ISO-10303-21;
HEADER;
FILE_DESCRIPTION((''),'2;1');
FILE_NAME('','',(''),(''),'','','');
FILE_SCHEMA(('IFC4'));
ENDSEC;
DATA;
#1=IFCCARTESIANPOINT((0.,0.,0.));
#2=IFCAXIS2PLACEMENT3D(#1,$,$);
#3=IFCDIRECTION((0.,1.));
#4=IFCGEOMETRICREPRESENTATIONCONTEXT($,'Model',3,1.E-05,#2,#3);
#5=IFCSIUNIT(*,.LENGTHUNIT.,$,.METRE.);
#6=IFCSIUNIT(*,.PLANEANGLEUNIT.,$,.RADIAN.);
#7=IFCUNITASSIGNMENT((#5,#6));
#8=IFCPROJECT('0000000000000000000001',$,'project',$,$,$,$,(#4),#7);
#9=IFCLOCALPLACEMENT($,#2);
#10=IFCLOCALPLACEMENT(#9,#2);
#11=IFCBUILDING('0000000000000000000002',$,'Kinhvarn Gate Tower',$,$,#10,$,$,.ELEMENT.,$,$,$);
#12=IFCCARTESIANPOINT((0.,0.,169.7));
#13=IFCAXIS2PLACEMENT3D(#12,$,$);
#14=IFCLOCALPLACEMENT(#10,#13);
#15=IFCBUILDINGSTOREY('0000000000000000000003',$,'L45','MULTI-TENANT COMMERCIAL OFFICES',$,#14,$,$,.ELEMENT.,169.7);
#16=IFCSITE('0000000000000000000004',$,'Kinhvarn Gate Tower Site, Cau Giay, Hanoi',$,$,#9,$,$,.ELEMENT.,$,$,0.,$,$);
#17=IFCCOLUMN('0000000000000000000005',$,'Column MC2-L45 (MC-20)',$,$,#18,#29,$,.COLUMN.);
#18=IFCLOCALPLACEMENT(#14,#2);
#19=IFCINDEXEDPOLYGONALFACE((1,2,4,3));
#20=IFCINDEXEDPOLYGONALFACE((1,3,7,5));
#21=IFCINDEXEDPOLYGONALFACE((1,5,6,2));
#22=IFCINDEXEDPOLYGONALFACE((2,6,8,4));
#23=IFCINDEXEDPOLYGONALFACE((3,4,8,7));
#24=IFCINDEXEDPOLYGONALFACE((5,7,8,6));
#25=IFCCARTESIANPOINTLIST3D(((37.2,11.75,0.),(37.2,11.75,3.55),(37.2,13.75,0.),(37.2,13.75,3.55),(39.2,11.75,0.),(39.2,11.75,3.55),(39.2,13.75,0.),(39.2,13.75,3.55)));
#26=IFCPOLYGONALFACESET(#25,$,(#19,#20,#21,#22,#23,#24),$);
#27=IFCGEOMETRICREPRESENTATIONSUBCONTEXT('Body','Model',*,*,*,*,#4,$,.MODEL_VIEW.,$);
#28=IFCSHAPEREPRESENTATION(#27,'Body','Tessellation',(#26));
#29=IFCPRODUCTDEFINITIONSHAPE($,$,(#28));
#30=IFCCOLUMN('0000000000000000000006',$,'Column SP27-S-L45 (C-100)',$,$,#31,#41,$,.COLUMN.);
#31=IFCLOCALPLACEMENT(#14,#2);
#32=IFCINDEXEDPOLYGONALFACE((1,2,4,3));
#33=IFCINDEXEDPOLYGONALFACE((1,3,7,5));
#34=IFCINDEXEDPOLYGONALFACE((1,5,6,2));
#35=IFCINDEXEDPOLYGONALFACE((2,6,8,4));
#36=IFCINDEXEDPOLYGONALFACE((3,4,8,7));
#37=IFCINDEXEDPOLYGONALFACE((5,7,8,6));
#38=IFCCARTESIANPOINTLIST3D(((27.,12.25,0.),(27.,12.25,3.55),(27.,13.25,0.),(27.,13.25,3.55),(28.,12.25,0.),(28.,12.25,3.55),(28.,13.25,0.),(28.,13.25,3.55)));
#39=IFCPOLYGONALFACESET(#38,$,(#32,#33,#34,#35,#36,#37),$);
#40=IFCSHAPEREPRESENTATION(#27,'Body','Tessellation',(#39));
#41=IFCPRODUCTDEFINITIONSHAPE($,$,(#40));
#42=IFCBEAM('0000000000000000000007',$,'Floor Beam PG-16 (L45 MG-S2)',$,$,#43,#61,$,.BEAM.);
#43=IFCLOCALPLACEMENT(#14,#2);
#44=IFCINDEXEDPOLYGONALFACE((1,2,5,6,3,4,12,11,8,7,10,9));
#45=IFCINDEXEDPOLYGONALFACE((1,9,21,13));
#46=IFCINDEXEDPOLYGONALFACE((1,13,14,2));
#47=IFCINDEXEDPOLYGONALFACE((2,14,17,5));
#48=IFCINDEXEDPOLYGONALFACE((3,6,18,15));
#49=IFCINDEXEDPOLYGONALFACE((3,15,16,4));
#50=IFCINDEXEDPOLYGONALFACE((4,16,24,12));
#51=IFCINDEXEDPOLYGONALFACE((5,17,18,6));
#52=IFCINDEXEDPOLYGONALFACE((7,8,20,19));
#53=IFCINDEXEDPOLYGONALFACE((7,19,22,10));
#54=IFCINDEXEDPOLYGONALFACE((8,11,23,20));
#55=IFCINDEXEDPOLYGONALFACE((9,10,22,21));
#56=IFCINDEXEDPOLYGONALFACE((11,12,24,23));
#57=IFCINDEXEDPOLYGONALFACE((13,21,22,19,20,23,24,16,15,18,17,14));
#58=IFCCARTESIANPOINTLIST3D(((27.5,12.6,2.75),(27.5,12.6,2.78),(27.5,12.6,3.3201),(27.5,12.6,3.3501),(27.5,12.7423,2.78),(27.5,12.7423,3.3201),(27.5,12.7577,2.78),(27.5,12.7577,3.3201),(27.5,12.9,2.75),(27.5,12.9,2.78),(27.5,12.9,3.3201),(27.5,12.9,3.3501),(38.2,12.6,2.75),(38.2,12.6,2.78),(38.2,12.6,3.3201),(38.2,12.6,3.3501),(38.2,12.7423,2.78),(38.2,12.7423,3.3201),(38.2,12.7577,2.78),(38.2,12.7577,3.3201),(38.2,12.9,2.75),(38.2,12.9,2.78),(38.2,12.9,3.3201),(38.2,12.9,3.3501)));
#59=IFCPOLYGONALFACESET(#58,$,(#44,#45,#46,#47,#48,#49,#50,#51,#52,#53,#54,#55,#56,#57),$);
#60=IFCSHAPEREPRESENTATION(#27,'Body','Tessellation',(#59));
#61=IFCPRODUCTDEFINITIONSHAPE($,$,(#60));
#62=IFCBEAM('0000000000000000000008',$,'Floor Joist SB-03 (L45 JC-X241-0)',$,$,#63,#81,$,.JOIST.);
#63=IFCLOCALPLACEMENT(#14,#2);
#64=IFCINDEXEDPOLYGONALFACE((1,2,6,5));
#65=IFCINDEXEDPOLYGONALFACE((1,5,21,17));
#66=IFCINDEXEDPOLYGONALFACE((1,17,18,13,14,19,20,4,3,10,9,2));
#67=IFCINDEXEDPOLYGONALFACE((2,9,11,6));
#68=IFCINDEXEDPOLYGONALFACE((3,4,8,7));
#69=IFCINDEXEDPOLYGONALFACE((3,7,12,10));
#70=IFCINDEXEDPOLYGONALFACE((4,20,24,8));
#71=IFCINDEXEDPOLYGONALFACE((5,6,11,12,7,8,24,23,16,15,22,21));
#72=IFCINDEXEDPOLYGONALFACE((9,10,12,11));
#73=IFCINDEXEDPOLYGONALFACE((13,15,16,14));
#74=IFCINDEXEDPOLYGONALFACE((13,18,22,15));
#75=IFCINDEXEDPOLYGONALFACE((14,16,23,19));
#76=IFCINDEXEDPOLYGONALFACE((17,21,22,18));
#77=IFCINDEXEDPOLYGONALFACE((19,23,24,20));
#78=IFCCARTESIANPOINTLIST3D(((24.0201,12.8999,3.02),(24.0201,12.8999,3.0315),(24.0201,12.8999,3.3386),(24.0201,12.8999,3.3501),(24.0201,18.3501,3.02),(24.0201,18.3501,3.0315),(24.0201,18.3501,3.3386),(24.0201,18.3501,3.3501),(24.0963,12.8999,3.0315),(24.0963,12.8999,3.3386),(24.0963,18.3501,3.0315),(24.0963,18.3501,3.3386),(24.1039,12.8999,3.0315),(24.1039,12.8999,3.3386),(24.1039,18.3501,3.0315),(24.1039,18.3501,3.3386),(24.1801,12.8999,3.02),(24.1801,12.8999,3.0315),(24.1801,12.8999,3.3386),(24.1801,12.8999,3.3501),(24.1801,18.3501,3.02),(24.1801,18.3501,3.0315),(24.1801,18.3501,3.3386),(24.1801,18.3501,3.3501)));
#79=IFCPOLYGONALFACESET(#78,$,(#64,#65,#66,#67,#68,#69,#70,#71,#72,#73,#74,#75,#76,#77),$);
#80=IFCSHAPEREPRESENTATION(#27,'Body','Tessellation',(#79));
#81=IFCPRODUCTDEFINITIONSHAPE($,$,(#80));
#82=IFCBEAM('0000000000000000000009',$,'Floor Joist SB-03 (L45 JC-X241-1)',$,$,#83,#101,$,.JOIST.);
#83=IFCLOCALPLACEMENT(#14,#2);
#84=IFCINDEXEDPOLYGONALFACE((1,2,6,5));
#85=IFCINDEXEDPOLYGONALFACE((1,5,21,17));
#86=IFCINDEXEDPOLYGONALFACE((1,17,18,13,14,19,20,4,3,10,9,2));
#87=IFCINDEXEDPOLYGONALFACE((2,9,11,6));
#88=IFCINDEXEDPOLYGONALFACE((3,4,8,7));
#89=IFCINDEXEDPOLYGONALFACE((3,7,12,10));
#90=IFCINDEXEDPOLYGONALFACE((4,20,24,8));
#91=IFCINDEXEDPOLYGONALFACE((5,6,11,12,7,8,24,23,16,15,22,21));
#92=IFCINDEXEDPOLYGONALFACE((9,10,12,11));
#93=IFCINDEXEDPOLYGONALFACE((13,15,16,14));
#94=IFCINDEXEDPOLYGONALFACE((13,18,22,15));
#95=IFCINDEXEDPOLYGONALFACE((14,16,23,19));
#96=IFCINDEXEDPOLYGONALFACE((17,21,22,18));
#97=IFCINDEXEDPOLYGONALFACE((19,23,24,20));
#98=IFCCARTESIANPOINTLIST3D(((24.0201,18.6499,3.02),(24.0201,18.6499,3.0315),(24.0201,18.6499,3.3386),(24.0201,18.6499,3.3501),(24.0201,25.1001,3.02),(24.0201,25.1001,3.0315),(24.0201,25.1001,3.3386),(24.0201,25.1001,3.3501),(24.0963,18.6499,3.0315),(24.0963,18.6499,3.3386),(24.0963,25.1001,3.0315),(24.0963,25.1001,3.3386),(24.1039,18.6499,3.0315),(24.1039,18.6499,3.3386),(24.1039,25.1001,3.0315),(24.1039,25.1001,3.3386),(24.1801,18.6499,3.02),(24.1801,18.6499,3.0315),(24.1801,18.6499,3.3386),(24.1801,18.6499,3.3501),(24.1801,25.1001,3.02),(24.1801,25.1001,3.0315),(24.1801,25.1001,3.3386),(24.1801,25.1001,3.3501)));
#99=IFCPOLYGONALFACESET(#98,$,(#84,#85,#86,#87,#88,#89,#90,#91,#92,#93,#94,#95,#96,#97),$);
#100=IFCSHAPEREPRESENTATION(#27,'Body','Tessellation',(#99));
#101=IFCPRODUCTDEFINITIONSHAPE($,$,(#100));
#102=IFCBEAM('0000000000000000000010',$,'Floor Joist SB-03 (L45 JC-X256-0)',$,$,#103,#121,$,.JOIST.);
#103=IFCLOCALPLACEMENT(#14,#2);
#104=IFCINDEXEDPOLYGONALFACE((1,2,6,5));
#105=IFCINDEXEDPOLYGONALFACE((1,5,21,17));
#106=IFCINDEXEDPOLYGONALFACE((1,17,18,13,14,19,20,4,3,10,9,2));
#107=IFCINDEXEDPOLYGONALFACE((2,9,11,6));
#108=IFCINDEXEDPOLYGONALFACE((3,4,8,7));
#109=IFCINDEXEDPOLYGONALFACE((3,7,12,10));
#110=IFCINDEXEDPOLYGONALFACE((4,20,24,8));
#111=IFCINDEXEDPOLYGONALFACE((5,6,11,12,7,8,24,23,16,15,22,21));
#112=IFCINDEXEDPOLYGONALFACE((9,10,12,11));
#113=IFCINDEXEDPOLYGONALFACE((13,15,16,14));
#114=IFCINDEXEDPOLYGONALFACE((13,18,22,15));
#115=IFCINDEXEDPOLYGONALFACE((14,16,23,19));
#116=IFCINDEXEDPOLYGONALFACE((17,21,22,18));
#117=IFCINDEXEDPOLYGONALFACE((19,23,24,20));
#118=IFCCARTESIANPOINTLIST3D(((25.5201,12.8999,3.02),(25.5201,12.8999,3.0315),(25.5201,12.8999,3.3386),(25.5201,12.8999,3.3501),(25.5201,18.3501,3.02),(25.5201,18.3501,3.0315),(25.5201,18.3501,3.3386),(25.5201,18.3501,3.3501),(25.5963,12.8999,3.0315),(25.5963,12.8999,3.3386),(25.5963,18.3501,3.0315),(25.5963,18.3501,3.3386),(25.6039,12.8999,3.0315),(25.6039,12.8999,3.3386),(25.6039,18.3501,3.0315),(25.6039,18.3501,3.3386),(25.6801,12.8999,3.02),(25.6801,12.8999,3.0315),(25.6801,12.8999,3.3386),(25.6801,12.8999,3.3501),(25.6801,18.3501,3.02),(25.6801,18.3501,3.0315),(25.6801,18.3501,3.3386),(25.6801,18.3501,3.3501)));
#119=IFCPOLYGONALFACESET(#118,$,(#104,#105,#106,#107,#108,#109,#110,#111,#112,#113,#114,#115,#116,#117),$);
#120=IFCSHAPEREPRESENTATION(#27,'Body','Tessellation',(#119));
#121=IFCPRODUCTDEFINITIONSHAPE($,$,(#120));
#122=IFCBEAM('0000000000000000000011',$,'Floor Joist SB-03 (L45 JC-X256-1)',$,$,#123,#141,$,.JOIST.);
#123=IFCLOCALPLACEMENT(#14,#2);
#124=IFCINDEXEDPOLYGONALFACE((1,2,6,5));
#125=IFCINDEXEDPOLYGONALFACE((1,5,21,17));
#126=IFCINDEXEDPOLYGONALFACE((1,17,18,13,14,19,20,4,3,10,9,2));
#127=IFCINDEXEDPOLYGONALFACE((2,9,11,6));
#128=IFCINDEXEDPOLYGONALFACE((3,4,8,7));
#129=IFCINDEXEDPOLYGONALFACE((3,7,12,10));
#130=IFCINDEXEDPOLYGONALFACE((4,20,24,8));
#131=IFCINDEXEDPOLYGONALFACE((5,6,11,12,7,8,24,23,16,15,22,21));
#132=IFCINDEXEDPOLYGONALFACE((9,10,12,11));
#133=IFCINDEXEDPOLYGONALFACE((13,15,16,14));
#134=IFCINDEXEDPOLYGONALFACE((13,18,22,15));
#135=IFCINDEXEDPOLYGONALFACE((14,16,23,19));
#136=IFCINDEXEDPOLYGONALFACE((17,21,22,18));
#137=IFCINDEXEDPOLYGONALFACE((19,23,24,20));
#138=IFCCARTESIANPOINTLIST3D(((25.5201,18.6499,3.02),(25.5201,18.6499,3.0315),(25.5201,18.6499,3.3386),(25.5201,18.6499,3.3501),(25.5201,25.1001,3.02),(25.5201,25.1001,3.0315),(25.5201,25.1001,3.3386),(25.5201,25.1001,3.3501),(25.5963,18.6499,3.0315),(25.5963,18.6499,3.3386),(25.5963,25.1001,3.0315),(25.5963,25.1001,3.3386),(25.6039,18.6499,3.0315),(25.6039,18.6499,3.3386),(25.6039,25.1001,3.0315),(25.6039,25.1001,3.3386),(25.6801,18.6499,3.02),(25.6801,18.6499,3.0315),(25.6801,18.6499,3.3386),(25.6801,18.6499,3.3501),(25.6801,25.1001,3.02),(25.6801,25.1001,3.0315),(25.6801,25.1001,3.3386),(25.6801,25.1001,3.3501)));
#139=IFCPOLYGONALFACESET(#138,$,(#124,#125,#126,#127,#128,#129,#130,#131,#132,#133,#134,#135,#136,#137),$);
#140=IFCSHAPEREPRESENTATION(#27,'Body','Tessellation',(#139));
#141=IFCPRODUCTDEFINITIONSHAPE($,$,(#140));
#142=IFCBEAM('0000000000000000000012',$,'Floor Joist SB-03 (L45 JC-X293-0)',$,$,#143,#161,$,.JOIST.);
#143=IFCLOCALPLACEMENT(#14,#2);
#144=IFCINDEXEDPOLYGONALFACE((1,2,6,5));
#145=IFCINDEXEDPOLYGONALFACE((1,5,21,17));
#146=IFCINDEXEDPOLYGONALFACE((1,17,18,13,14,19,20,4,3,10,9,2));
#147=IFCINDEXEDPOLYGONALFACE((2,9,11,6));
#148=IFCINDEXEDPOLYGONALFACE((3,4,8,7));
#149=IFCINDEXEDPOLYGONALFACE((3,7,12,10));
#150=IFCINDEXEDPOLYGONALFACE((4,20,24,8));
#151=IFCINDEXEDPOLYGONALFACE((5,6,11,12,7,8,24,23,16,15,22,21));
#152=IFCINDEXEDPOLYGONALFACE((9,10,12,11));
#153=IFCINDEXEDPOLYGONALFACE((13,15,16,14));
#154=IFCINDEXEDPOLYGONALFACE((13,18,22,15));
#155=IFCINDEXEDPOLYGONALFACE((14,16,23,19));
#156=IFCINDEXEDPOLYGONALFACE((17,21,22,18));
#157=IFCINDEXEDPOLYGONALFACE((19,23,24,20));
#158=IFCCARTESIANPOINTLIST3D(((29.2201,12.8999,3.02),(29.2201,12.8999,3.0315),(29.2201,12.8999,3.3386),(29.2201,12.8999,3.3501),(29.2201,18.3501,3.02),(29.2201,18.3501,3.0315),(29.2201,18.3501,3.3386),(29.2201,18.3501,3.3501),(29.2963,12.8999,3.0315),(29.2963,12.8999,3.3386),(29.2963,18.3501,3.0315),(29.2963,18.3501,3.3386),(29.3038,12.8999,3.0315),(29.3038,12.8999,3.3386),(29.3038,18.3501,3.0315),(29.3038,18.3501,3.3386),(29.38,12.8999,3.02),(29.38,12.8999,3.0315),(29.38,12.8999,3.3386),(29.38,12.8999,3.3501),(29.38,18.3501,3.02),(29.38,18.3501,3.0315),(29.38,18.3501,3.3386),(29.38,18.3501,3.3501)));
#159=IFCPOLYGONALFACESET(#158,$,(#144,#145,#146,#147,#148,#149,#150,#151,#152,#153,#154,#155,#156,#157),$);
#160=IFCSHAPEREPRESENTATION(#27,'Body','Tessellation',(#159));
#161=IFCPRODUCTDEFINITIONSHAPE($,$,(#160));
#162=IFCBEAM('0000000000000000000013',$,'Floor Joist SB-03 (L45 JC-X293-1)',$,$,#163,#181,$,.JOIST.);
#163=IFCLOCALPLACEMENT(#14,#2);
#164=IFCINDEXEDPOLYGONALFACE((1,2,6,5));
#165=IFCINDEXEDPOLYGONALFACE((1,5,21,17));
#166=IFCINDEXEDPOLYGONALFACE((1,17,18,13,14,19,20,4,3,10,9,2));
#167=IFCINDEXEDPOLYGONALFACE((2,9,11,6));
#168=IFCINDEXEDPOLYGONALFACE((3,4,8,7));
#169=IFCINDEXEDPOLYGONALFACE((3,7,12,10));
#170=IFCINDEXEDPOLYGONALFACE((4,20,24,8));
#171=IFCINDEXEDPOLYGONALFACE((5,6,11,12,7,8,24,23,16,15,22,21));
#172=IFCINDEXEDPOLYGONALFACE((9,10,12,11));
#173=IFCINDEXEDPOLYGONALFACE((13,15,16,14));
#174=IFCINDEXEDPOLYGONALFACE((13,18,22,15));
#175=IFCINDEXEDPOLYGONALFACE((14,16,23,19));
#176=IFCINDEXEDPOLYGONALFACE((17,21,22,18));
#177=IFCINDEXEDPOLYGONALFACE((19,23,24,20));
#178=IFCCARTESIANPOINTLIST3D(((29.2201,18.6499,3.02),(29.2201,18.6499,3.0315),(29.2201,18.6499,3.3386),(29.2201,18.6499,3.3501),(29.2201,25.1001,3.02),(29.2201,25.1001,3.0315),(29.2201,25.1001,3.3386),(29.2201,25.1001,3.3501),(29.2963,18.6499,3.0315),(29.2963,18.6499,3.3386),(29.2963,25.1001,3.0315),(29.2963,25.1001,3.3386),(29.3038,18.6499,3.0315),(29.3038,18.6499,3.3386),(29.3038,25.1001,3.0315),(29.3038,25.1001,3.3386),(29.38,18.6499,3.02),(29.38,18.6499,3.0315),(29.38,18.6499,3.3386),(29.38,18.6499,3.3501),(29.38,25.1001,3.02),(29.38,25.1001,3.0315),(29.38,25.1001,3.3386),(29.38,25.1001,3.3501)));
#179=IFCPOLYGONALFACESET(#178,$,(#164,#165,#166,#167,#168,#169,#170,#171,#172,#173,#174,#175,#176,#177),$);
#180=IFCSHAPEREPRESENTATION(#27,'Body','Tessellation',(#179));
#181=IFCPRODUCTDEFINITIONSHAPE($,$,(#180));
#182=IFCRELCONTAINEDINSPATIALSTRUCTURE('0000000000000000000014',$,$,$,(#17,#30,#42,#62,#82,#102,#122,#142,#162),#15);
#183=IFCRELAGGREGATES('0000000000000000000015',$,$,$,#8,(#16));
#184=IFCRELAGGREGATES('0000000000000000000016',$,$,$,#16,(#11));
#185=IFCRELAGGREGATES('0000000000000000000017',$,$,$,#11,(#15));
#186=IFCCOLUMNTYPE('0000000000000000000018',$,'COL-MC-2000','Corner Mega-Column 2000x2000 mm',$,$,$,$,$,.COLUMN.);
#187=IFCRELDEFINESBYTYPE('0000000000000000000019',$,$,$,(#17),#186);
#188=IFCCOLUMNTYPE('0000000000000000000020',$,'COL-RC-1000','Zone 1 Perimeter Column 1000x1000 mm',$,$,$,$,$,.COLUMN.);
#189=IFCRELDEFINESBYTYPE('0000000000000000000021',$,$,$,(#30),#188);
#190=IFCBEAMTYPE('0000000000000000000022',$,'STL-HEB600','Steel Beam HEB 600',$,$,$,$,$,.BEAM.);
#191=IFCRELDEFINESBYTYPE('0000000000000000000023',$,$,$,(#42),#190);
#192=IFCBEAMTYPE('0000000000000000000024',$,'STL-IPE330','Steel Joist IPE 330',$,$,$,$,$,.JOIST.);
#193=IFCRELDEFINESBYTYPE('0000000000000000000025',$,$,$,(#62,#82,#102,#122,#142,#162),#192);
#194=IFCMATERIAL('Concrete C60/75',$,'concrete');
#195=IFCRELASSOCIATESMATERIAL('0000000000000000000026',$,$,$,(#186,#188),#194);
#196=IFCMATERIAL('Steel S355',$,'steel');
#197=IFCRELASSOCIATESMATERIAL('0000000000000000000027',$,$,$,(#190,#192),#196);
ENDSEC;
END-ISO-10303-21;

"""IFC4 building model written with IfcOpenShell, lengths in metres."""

from ifc_helpers import new_model, si_unit, direction, frame, origin, origin_2d, place, context, subcontext, project, spatial, rectangle, i_section, extrude, material, material_profile, profile_set, type_object, element, save


model = new_model("IFC4")

# Units and contexts
model_context = context("Model", 3, precision=1e-05, world=origin(), true_north=direction((0.0, 1.0)))
body_context = subcontext(model_context, "Body", "Model", "MODEL_VIEW")
ifc_project = project(units=[si_unit("LENGTHUNIT", "METRE"), si_unit("PLANEANGLEUNIT", "RADIAN")], contexts=[model_context])

# Site, building, storey
site_placement = place(None, origin())
site = spatial("IfcSite", under=ifc_project, at=site_placement, Name="Kinhvarn Gate Tower Site, Cau Giay, Hanoi", CompositionType="ELEMENT", RefElevation=0.0)
building_placement = place(site_placement, origin())
building = spatial("IfcBuilding", under=site, at=building_placement, Name="Kinhvarn Gate Tower", CompositionType="ELEMENT")
storey_placement = place(building_placement, frame((0.0, 0.0, 169.7)))
storey = spatial("IfcBuildingStorey", under=building, at=storey_placement, Name="L45", Description="MULTI-TENANT COMMERCIAL OFFICES", CompositionType="ELEMENT", Elevation=169.7)

# Columns
ifc_material_1 = material(Name="Concrete C60/75", Category="concrete")
ifc_material_profile_1 = material_profile(ifc_material_1, rectangle(XDim=2.0, YDim=2.0, at=origin_2d()), Name="RC 2000x2000")
ifc_profile_set_1 = profile_set([ifc_material_profile_1], Name="Concrete C60/75")
column_type_1 = type_object("IfcColumnType", Name="COL-MC-2000", Description="Corner Mega-Column 2000x2000 mm", PredefinedType="COLUMN", material=ifc_profile_set_1)
column_1_placement = place(storey_placement, frame((38.2, 12.75, 0.0), z_axis=(0.0, 0.0, 1.0), x_axis=(1.0, 0.0, 0.0)))
element("IfcColumn", 1, at=column_1_placement, inside=storey, type_object=column_type_1, Name="Column MC2-L45 (MC-20)", PredefinedType="COLUMN", context=body_context, shape_type="SweptSolid", body=[
    extrude(rectangle(XDim=2.0, YDim=2.0, at=origin_2d()), origin(), (0.0, 0.0, 1.0), 3.55),
])
ifc_material_profile_2 = material_profile(ifc_material_1, rectangle(XDim=1.0, YDim=1.0, at=origin_2d()), Name="RC 1000x1000")
ifc_profile_set_2 = profile_set([ifc_material_profile_2], Name="Concrete C60/75")
column_type_2 = type_object("IfcColumnType", Name="COL-RC-1000", Description="Zone 1 Perimeter Column 1000x1000 mm", PredefinedType="COLUMN", material=ifc_profile_set_2)
column_2_placement = place(storey_placement, frame((27.5, 12.75, 0.0), z_axis=(0.0, 0.0, 1.0), x_axis=(1.0, 0.0, 0.0)))
element("IfcColumn", 2, at=column_2_placement, inside=storey, type_object=column_type_2, Name="Column SP27-S-L45 (C-100)", PredefinedType="COLUMN", context=body_context, shape_type="SweptSolid", body=[
    extrude(rectangle(XDim=1.0, YDim=1.0, at=origin_2d()), origin(), (0.0, 0.0, 1.0), 3.55),
])

# Beams
ifc_material_2 = material(Name="Steel S355", Category="steel")
ifc_material_profile_3 = material_profile(ifc_material_2, i_section(OverallWidth=0.3, OverallDepth=0.6001, WebThickness=0.0154, FlangeThickness=0.03, at=origin_2d()), Name="HEB 600")
ifc_profile_set_3 = profile_set([ifc_material_profile_3], Name="Steel S355")
beam_type_1 = type_object("IfcBeamType", Name="STL-HEB600", Description="Steel Beam HEB 600", PredefinedType="BEAM", material=ifc_profile_set_3)
beam_1_placement = place(storey_placement, frame((27.5, 12.75, 3.05), z_axis=(1.0, 0.0, 0.0), x_axis=(0.0, 1.0, 0.0)))
element("IfcBeam", 3, at=beam_1_placement, inside=storey, type_object=beam_type_1, Name="Floor Beam PG-16 (L45 MG-S2)", PredefinedType="BEAM", context=body_context, shape_type="SweptSolid", body=[
    extrude(i_section(OverallWidth=0.3, OverallDepth=0.6001, WebThickness=0.0154, FlangeThickness=0.03, at=origin_2d()), origin(), (0.0, 0.0, 1.0), 10.7),
])
ifc_material_profile_4 = material_profile(ifc_material_2, i_section(OverallWidth=0.1599, OverallDepth=0.3301, WebThickness=0.0076, FlangeThickness=0.0115, at=origin_2d()), Name="IPE 330")
ifc_profile_set_4 = profile_set([ifc_material_profile_4], Name="Steel S355")
beam_type_2 = type_object("IfcBeamType", Name="STL-IPE330", Description="Steel Joist IPE 330", PredefinedType="JOIST", material=ifc_profile_set_4)
beam_2_placement = place(storey_placement, frame((24.1001, 12.8999, 3.1851), z_axis=(0.0, 1.0, 0.0), x_axis=(-1.0, 0.0, 0.0)))
element("IfcBeam", 4, at=beam_2_placement, inside=storey, type_object=beam_type_2, Name="Floor Joist SB-03 (L45 JC-X241-0)", PredefinedType="JOIST", context=body_context, shape_type="SweptSolid", body=[
    extrude(i_section(OverallWidth=0.1599, OverallDepth=0.3301, WebThickness=0.0076, FlangeThickness=0.0115, at=origin_2d()), origin(), (0.0, 0.0, 1.0), 5.4502),
])
beam_3_placement = place(storey_placement, frame((24.1001, 18.6499, 3.1851), z_axis=(0.0, 1.0, 0.0), x_axis=(-1.0, 0.0, 0.0)))
element("IfcBeam", 5, at=beam_3_placement, inside=storey, type_object=beam_type_2, Name="Floor Joist SB-03 (L45 JC-X241-1)", PredefinedType="JOIST", context=body_context, shape_type="SweptSolid", body=[
    extrude(i_section(OverallWidth=0.1599, OverallDepth=0.3301, WebThickness=0.0076, FlangeThickness=0.0115, at=origin_2d()), origin(), (0.0, 0.0, 1.0), 6.4502),
])
beam_4_placement = place(storey_placement, frame((25.6001, 12.8999, 3.1851), z_axis=(0.0, 1.0, 0.0), x_axis=(-1.0, 0.0, 0.0)))
element("IfcBeam", 6, at=beam_4_placement, inside=storey, type_object=beam_type_2, Name="Floor Joist SB-03 (L45 JC-X256-0)", PredefinedType="JOIST", context=body_context, shape_type="SweptSolid", body=[
    extrude(i_section(OverallWidth=0.1599, OverallDepth=0.3301, WebThickness=0.0076, FlangeThickness=0.0115, at=origin_2d()), origin(), (0.0, 0.0, 1.0), 5.4502),
])
beam_5_placement = place(storey_placement, frame((25.6001, 18.6499, 3.1851), z_axis=(0.0, 1.0, 0.0), x_axis=(-1.0, 0.0, 0.0)))
element("IfcBeam", 7, at=beam_5_placement, inside=storey, type_object=beam_type_2, Name="Floor Joist SB-03 (L45 JC-X256-1)", PredefinedType="JOIST", context=body_context, shape_type="SweptSolid", body=[
    extrude(i_section(OverallWidth=0.1599, OverallDepth=0.3301, WebThickness=0.0076, FlangeThickness=0.0115, at=origin_2d()), origin(), (0.0, 0.0, 1.0), 6.4502),
])
beam_6_placement = place(storey_placement, frame((29.3, 12.8999, 3.1851), z_axis=(0.0, 1.0, 0.0), x_axis=(-1.0, 0.0, 0.0)))
element("IfcBeam", 8, at=beam_6_placement, inside=storey, type_object=beam_type_2, Name="Floor Joist SB-03 (L45 JC-X293-0)", PredefinedType="JOIST", context=body_context, shape_type="SweptSolid", body=[
    extrude(i_section(OverallWidth=0.1599, OverallDepth=0.3301, WebThickness=0.0076, FlangeThickness=0.0115, at=origin_2d()), origin(), (0.0, 0.0, 1.0), 5.4502),
])
beam_7_placement = place(storey_placement, frame((29.3, 18.6499, 3.1851), z_axis=(0.0, 1.0, 0.0), x_axis=(-1.0, 0.0, 0.0)))
element("IfcBeam", 9, at=beam_7_placement, inside=storey, type_object=beam_type_2, Name="Floor Joist SB-03 (L45 JC-X293-1)", PredefinedType="JOIST", context=body_context, shape_type="SweptSolid", body=[
    extrude(i_section(OverallWidth=0.1599, OverallDepth=0.3301, WebThickness=0.0076, FlangeThickness=0.0115, at=origin_2d()), origin(), (0.0, 0.0, 1.0), 6.4502),
])

save(model, "model.ifc")
